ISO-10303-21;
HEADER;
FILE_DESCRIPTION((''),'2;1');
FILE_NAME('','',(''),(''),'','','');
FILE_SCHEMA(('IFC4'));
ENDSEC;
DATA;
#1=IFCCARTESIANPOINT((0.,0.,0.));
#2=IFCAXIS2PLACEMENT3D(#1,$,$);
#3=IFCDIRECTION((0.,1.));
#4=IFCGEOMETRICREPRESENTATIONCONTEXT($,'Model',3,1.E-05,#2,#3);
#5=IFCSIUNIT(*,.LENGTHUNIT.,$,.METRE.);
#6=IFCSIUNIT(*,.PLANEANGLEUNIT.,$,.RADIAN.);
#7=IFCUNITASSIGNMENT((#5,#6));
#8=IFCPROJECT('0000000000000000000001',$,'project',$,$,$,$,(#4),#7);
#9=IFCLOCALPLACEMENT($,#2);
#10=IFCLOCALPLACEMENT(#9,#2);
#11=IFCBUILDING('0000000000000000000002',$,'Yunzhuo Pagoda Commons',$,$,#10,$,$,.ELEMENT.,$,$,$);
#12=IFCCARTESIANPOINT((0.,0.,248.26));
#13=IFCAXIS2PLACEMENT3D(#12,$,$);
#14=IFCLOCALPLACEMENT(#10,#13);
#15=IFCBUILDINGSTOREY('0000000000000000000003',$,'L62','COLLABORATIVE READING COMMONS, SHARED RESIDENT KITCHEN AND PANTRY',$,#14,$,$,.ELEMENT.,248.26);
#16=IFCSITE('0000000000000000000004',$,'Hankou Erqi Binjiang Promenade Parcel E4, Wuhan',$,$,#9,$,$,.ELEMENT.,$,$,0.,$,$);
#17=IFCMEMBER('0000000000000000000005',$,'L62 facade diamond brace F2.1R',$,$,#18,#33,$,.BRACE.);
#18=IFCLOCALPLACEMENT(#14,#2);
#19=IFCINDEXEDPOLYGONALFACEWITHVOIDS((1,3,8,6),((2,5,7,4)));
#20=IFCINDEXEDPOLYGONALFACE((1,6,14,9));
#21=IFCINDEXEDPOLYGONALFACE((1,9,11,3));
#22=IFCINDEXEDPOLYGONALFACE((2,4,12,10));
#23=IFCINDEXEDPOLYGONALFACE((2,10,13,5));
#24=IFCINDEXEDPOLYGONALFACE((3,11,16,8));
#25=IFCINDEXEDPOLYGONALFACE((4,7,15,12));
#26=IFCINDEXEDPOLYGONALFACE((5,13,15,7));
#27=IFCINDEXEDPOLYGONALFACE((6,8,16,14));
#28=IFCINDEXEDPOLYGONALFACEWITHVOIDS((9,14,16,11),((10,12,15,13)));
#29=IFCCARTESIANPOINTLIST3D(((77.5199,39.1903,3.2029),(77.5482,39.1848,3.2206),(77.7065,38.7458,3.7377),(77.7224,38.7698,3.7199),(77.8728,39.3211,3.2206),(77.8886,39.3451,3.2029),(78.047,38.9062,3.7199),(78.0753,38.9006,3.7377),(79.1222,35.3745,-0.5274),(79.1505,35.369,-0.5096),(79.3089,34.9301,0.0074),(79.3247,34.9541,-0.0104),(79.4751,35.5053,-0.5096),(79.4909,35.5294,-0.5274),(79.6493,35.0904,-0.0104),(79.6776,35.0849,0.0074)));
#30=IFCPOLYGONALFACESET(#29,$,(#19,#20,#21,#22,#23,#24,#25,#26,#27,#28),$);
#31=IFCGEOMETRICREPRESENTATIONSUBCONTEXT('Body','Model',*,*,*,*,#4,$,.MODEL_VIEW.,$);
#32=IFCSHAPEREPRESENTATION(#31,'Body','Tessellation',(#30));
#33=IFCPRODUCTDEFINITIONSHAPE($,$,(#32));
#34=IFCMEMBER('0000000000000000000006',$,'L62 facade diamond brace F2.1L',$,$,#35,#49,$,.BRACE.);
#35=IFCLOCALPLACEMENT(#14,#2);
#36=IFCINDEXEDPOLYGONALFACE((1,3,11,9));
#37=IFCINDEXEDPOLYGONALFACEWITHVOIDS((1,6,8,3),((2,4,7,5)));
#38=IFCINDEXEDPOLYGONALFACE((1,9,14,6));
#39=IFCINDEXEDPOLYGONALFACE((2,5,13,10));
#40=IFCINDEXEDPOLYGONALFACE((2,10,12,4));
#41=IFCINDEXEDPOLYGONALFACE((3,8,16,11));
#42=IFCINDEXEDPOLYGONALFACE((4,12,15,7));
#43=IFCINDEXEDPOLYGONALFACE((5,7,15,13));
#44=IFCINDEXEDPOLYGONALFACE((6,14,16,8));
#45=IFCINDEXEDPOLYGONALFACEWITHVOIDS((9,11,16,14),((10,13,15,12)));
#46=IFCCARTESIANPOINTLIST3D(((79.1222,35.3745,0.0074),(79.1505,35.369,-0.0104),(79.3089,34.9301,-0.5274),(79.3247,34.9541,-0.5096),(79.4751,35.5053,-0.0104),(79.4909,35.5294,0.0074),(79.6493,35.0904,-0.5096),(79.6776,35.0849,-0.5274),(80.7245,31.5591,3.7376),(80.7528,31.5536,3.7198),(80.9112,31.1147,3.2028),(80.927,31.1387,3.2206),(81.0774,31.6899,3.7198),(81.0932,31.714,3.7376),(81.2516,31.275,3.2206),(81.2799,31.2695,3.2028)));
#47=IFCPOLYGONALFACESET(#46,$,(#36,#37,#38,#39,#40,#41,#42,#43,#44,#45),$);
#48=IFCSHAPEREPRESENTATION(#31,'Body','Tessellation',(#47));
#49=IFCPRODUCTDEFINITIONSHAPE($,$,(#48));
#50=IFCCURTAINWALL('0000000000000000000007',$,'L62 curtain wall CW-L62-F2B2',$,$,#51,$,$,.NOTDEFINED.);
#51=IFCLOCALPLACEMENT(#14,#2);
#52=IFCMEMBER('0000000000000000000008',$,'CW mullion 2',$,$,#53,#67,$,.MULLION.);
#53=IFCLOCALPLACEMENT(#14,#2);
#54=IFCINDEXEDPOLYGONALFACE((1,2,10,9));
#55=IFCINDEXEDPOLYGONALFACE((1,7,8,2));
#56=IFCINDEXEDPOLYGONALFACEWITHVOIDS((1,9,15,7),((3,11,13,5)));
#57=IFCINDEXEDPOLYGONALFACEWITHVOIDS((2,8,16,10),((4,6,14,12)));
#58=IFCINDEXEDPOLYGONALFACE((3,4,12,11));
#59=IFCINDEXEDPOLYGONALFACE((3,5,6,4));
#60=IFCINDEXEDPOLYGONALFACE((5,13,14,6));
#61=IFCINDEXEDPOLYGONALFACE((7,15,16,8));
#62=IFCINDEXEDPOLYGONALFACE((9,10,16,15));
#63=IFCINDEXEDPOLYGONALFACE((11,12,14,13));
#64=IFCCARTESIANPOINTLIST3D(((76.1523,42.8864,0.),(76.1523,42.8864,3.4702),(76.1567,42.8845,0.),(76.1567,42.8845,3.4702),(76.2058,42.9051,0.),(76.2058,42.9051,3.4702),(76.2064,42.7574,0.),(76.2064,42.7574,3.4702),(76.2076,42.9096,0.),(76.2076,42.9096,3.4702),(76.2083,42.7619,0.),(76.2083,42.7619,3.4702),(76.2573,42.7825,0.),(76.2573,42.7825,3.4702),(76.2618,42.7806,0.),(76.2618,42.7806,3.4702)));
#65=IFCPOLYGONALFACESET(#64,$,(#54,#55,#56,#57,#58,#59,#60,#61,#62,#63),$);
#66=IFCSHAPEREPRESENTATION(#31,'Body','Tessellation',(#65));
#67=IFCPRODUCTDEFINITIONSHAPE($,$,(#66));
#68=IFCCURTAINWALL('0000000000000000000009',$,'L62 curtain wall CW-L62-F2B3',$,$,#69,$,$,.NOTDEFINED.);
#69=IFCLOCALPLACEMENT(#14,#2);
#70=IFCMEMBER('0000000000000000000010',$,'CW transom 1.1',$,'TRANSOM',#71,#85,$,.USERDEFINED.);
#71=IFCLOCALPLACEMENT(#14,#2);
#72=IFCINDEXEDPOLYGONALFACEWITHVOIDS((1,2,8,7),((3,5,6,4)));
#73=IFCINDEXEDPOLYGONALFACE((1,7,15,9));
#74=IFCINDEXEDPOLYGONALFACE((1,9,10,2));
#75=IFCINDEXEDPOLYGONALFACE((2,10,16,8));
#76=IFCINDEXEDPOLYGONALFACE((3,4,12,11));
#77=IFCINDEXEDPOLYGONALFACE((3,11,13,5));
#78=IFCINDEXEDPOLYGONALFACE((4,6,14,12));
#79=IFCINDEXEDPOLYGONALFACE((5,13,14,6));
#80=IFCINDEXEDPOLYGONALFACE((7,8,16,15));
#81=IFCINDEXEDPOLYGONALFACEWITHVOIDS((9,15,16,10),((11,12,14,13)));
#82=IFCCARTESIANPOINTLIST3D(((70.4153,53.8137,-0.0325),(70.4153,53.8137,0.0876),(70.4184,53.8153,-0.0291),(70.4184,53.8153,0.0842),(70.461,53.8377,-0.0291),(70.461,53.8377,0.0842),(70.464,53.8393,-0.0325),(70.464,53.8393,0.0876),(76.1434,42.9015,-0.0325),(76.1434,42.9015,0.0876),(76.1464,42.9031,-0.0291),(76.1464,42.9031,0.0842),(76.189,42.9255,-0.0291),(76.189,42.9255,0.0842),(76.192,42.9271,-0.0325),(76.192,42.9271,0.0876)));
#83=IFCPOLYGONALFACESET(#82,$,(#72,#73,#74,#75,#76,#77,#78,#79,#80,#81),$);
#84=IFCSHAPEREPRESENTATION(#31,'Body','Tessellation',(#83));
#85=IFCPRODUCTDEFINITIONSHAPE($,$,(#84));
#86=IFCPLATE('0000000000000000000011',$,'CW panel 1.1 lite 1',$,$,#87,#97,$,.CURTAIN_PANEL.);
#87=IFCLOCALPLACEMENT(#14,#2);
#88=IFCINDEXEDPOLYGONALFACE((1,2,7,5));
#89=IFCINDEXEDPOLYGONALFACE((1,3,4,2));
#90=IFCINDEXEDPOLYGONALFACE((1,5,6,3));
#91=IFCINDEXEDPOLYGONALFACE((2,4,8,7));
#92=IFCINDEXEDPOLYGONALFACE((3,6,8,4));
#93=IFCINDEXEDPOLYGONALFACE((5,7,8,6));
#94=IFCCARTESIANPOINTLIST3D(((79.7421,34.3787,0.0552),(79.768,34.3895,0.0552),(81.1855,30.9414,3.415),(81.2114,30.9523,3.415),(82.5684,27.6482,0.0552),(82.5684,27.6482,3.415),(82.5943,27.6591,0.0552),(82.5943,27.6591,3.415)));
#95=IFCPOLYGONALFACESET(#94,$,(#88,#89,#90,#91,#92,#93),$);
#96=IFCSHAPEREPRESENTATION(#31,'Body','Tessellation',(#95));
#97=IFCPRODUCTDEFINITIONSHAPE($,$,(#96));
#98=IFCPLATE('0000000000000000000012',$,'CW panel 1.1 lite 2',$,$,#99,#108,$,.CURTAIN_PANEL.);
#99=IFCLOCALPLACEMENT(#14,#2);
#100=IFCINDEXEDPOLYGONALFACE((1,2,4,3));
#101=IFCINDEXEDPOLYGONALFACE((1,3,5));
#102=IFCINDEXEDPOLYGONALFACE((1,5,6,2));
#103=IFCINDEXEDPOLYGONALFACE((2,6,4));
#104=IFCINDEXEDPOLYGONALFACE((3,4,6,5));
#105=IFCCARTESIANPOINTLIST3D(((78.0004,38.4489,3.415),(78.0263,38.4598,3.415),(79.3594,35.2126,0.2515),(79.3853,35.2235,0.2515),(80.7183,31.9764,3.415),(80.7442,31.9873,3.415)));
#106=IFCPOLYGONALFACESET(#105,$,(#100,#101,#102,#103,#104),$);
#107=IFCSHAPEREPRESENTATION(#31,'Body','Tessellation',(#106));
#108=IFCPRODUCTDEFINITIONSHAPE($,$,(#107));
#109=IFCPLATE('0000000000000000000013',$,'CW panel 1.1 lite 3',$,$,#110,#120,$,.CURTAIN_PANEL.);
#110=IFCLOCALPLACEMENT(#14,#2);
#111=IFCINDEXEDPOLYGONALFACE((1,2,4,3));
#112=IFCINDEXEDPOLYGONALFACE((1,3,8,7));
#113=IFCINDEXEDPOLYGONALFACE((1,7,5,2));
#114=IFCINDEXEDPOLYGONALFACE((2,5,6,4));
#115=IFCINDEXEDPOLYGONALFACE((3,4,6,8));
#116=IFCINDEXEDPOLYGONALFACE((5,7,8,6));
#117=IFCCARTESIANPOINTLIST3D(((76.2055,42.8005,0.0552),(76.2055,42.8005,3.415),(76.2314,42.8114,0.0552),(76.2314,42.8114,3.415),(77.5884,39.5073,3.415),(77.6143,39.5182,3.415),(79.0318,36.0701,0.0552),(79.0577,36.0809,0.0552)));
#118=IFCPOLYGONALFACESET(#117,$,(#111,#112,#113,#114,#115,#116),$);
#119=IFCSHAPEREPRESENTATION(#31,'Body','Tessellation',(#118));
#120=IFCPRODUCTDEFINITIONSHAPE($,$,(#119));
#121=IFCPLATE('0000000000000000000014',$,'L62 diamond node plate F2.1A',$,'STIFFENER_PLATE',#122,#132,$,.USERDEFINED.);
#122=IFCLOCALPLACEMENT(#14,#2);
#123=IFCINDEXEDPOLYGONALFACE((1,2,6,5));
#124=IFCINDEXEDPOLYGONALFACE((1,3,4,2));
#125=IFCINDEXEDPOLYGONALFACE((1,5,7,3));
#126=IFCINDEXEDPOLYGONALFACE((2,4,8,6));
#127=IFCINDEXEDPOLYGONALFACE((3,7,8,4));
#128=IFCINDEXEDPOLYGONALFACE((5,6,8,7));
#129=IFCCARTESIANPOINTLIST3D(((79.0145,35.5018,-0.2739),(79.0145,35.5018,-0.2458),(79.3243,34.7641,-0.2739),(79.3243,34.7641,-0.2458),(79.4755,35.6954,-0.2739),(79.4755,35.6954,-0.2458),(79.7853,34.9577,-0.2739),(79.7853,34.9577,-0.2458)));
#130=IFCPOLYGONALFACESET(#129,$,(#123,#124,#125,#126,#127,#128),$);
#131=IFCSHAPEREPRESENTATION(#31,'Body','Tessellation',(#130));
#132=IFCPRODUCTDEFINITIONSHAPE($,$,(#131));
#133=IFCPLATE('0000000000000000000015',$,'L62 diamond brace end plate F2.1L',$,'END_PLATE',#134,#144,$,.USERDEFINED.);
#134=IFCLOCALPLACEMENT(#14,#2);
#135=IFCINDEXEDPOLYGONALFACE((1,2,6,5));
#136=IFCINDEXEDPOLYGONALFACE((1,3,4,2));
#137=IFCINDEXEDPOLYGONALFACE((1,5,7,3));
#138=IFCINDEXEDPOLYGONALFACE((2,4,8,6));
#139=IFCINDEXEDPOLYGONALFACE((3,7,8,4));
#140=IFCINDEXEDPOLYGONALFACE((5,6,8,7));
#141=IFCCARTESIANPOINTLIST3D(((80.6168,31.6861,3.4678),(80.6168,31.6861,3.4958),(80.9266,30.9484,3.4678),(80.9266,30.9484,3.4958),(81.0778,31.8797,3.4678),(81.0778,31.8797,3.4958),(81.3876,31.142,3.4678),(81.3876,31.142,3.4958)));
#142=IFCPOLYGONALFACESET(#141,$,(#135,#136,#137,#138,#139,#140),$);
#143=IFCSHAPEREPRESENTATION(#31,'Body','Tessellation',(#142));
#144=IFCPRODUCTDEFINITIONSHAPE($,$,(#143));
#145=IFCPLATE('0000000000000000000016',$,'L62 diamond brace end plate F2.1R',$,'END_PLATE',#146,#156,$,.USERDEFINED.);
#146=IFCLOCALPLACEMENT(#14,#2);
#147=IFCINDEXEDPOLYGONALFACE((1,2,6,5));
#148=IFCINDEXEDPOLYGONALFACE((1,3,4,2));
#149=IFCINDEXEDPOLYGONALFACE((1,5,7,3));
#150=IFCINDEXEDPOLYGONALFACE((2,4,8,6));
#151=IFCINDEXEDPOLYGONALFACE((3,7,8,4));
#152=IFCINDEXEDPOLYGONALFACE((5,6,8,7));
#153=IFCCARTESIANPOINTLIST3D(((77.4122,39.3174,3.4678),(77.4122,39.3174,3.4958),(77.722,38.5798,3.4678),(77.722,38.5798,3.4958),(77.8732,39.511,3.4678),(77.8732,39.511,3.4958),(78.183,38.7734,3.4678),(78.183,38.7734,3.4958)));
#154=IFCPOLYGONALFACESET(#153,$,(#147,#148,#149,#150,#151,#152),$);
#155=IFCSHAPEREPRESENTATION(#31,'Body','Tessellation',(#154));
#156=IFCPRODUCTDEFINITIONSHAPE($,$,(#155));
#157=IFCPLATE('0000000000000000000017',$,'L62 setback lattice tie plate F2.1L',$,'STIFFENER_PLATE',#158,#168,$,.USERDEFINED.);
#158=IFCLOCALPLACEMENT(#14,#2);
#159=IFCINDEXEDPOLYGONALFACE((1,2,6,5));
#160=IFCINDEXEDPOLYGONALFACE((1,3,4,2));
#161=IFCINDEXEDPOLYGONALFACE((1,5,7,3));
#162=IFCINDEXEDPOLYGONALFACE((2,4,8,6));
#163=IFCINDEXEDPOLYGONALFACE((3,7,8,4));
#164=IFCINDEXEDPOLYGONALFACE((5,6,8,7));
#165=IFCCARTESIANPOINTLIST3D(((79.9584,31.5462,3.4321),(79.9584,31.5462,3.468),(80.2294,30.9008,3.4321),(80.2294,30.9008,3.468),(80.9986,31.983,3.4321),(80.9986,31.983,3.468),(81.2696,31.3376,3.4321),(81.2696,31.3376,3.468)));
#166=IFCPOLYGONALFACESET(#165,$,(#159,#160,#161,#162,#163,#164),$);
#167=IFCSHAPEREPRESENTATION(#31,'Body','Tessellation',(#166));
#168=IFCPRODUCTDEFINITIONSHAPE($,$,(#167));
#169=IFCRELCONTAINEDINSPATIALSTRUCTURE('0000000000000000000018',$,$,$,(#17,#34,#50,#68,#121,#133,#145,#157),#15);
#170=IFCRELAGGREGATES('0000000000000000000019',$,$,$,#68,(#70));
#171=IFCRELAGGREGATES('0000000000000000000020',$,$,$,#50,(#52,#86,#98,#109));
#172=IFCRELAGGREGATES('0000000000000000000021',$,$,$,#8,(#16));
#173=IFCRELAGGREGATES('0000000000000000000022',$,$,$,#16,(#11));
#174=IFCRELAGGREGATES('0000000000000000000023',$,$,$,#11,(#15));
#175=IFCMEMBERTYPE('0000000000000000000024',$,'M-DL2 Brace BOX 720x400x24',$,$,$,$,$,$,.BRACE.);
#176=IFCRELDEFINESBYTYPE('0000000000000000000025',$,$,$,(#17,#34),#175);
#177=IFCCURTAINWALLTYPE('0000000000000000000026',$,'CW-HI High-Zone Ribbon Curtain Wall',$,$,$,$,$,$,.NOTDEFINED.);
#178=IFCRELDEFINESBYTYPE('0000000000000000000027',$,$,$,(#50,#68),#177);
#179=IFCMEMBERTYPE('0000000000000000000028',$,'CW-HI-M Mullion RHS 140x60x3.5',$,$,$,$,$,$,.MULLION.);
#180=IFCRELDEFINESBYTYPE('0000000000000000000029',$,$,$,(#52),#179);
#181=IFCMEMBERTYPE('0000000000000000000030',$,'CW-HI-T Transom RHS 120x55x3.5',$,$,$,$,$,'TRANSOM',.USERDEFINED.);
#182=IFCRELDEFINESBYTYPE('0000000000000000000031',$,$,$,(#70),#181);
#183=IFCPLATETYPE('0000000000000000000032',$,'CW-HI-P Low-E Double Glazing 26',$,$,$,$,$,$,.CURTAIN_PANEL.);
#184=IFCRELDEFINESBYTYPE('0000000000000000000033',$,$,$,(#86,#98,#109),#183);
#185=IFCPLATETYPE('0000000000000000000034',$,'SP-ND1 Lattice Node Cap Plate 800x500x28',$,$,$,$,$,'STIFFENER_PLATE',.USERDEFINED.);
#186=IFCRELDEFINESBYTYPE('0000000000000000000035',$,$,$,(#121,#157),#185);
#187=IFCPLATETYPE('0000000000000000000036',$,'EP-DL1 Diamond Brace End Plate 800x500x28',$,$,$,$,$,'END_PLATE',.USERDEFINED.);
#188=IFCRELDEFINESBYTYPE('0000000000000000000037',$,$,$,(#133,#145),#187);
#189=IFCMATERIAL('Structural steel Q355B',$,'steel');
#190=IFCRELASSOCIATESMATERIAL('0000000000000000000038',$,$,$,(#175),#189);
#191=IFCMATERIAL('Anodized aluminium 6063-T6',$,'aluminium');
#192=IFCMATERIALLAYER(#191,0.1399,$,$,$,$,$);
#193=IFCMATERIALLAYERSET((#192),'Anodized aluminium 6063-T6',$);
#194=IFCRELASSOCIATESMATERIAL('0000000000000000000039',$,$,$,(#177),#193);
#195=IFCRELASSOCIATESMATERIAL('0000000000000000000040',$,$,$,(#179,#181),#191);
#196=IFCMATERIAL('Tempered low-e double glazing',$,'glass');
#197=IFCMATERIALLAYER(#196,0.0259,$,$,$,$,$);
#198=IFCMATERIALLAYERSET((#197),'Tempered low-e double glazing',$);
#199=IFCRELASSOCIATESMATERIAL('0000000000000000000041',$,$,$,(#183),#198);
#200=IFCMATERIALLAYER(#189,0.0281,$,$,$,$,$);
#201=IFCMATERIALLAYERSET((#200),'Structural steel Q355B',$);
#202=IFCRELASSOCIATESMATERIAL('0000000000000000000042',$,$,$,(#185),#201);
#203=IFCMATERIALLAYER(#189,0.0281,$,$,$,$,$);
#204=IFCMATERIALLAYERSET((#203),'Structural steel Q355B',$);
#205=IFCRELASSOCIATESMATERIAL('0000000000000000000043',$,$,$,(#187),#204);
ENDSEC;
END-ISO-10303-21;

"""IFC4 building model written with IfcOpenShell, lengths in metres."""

from ifc_helpers import new_model, si_unit, direction, frame, origin, origin_2d, place, context, subcontext, project, spatial, polyline, rectangle, hollow_rectangle, outline, extrude, source, transform, mapped, material, layer, layer_set, material_profile, profile_set, type_object, element, aggregate, save


model = new_model("IFC4")

# Units and contexts
model_context = context("Model", 3, precision=1e-05, world=origin(), true_north=direction((0.0, 1.0)))
body_context = subcontext(model_context, "Body", "Model", "MODEL_VIEW")
ifc_project = project(units=[si_unit("LENGTHUNIT", "METRE"), si_unit("PLANEANGLEUNIT", "RADIAN")], contexts=[model_context])

# Site, building, storey
site_placement = place(None, origin())
site = spatial("IfcSite", under=ifc_project, at=site_placement, Name="Hankou Erqi Binjiang Promenade Parcel E4, Wuhan", CompositionType="ELEMENT", RefElevation=0.0)
building_placement = place(site_placement, origin())
building = spatial("IfcBuilding", under=site, at=building_placement, Name="Yunzhuo Pagoda Commons", CompositionType="ELEMENT")
storey_placement = place(building_placement, frame((0.0, 0.0, 248.26)))
storey = spatial("IfcBuildingStorey", under=building, at=storey_placement, Name="L62", Description="COLLABORATIVE READING COMMONS, SHARED RESIDENT KITCHEN AND PANTRY", CompositionType="ELEMENT", Elevation=248.26)

# Shared definitions
ifc_material_1 = material(Name="Structural steel Q355B", Category="steel")

# Members
ifc_material_profile_1 = material_profile(ifc_material_1, hollow_rectangle(XDim=0.3999, YDim=0.72, WallThickness=0.0239, at=origin_2d()), Name="Structural steel Q355B")
ifc_profile_set_1 = profile_set([ifc_material_profile_1], Name="Structural steel Q355B")
member_type_1 = type_object("IfcMemberType", Name="M-DL2 Brace BOX 720x400x24", PredefinedType="BRACE", material=ifc_profile_set_1)
shared_shape_1 = source(origin(), body_context, "Body", "SweptSolid", [
    extrude(hollow_rectangle(XDim=0.3999, YDim=0.72, WallThickness=0.0239, at=origin_2d()), origin(), (0.0, 0.0, 1.0), 5.5715),
])
member_1_placement = place(storey_placement, frame((79.3999, 35.2297, -0.26), z_axis=(-0.287589, 0.684859, 0.669522), x_axis=(-0.922007, -0.387173, 0.0)))
element("IfcMember", 1, at=member_1_placement, inside=storey, type_object=member_type_1, Name="L62 facade diamond brace F2.1R", PredefinedType="BRACE", context=body_context, shape_type="MappedRepresentation", body=[
    mapped(shared_shape_1, transform((0.0, 0.0, 0.0), scale=1.0)),
])
shared_shape_2 = source(origin(), body_context, "Body", "SweptSolid", [
    extrude(hollow_rectangle(XDim=0.3999, YDim=0.72, WallThickness=0.0239, at=origin_2d()), origin(), (0.0, 0.0, 1.0), 5.5713),
])
member_2_placement = place(storey_placement, frame((79.3999, 35.2297, -0.26), z_axis=(0.287598, -0.684836, 0.669542), x_axis=(0.921998, 0.387194, 0.0)))
element("IfcMember", 2, at=member_2_placement, inside=storey, type_object=member_type_1, Name="L62 facade diamond brace F2.1L", PredefinedType="BRACE", context=body_context, shape_type="MappedRepresentation", body=[
    mapped(shared_shape_2, transform((0.0, 0.0, 0.0), scale=1.0)),
])

# Curtain walls, members
ifc_material_2 = material(Name="Anodized aluminium 6063-T6", Category="aluminium")
ifc_layer_1 = layer(ifc_material_2, 0.1399)
ifc_layer_set_1 = layer_set([ifc_layer_1], Name="Anodized aluminium 6063-T6")
curtain_wall_type = type_object("IfcCurtainWallType", Name="CW-HI High-Zone Ribbon Curtain Wall", PredefinedType="NOTDEFINED", material=ifc_layer_set_1)
curtain_wall_1_placement = place(storey_placement, origin())
curtain_wall_1 = element("IfcCurtainWall", 3, at=curtain_wall_1_placement, inside=storey, type_object=curtain_wall_type, Name="L62 curtain wall CW-L62-F2B2", PredefinedType="NOTDEFINED")
ifc_material_profile_2 = material_profile(ifc_material_2, hollow_rectangle(XDim=0.0601, YDim=0.1399, WallThickness=0.0034, at=origin_2d()), Name="Anodized aluminium 6063-T6")
ifc_profile_set_2 = profile_set([ifc_material_profile_2], Name="Anodized aluminium 6063-T6")
member_type_2 = type_object("IfcMemberType", Name="CW-HI-M Mullion RHS 140x60x3.5", PredefinedType="MULLION", material=ifc_profile_set_2)
shared_shape_3 = source(origin(), body_context, "Body", "SweptSolid", [
    extrude(hollow_rectangle(XDim=0.0601, YDim=0.1399, WallThickness=0.0034, at=origin_2d()), origin(), (0.0, 0.0, 1.0), 3.4702),
])
member_3_placement = place(storey_placement, frame((76.207, 42.8335, 0.0), z_axis=(0.0, 0.0, 1.0), x_axis=(-0.922008, -0.38717, 0.0)))
member_3 = element("IfcMember", 4, at=member_3_placement, type_object=member_type_2, Name="CW mullion 2", PredefinedType="MULLION", context=body_context, shape_type="MappedRepresentation", body=[
    mapped(shared_shape_3, transform((0.0, 0.0, 0.0), scale=1.0)),
])
curtain_wall_2_placement = place(storey_placement, origin())
curtain_wall_2 = element("IfcCurtainWall", 5, at=curtain_wall_2_placement, inside=storey, type_object=curtain_wall_type, Name="L62 curtain wall CW-L62-F2B3", PredefinedType="NOTDEFINED")
ifc_material_profile_3 = material_profile(ifc_material_2, hollow_rectangle(XDim=0.0549, YDim=0.1201, WallThickness=0.0034, at=origin_2d()), Name="Anodized aluminium 6063-T6")
ifc_profile_set_3 = profile_set([ifc_material_profile_3], Name="Anodized aluminium 6063-T6")
member_type_3 = type_object("IfcMemberType", Name="CW-HI-T Transom RHS 120x55x3.5", ElementType="TRANSOM", PredefinedType="USERDEFINED", material=ifc_profile_set_3)
shared_shape_4 = source(origin(), body_context, "Body", "SweptSolid", [
    extrude(hollow_rectangle(XDim=0.0549, YDim=0.1201, WallThickness=0.0034, at=origin_2d()), origin(), (0.0, 0.0, 1.0), 12.3242),
])
member_4_placement = place(storey_placement, frame((76.1677, 42.9143, 0.0276), z_axis=(-0.464781, 0.885426, 0.0), x_axis=(-0.885426, -0.464781, 0.0)))
member_4 = element("IfcMember", 6, at=member_4_placement, type_object=member_type_3, Name="CW transom 1.1", ObjectType="TRANSOM", PredefinedType="USERDEFINED", context=body_context, shape_type="MappedRepresentation", body=[
    mapped(shared_shape_4, transform((0.0, 0.0, 0.0), scale=1.0)),
])
aggregate(curtain_wall_2, [member_4])

# Plates
ifc_material_3 = material(Name="Tempered low-e double glazing", Category="glass")
ifc_layer_2 = layer(ifc_material_3, 0.0259)
ifc_layer_set_2 = layer_set([ifc_layer_2], Name="Tempered low-e double glazing")
plate_type_1 = type_object("IfcPlateType", Name="CW-HI-P Low-E Double Glazing 26", PredefinedType="CURTAIN_PANEL", material=ifc_layer_set_2)
plate_1_placement = place(storey_placement, frame((81.1553, 31.0134, 1.7351), z_axis=(0.922008, 0.38717, 0.0), x_axis=(-0.38717, 0.922008, 0.0)))
plate_1 = element("IfcPlate", 7, at=plate_1_placement, type_object=plate_type_1, Name="CW panel 1.1 lite 1", PredefinedType="CURTAIN_PANEL", context=body_context, shape_type="SweptSolid", body=[
    extrude(outline(polyline([(-3.6499, -1.6799), (3.6499, -1.6799), (-0.0781, 1.6799), (-3.6499, 1.6799), (-3.6499, -1.6799)])), origin(), (0.0, 0.0, 1.0), 0.0281),
])
plate_2_placement = place(storey_placement, frame((79.3594, 35.2126, 1.8333), z_axis=(0.922008, 0.38717, 0.0), x_axis=(-0.38717, 0.922008, 0.0)))
plate_2 = element("IfcPlate", 8, at=plate_2_placement, type_object=plate_type_1, Name="CW panel 1.1 lite 2", PredefinedType="CURTAIN_PANEL", context=body_context, shape_type="SweptSolid", body=[
    extrude(outline(polyline([(-3.51, 1.5818), (0.0, -1.5818), (3.51, 1.5818), (-3.51, 1.5818)])), origin(), (0.0, 0.0, 1.0), 0.0281),
])
plate_3_placement = place(storey_placement, frame((77.6187, 39.4353, 1.7351), z_axis=(0.922008, 0.38717, 0.0), x_axis=(-0.38717, 0.922008, 0.0)))
plate_3 = element("IfcPlate", 9, at=plate_3_placement, type_object=plate_type_1, Name="CW panel 1.1 lite 3", PredefinedType="CURTAIN_PANEL", context=body_context, shape_type="SweptSolid", body=[
    extrude(outline(polyline([(-3.6499, -1.6799), (3.6499, -1.6799), (3.6499, 1.6799), (0.0781, 1.6799), (-3.6499, -1.6799)])), origin(), (0.0, 0.0, 1.0), 0.0281),
])
aggregate(curtain_wall_1, [member_3, plate_1, plate_2, plate_3])

# Plates
ifc_layer_3 = layer(ifc_material_1, 0.0281)
ifc_layer_set_3 = layer_set([ifc_layer_3], Name="Structural steel Q355B")
plate_type_2 = type_object("IfcPlateType", Name="SP-ND1 Lattice Node Cap Plate 800x500x28", ElementType="STIFFENER_PLATE", PredefinedType="USERDEFINED", material=ifc_layer_set_3)
shared_shape_5 = source(origin(), body_context, "Body", "SweptSolid", [
    extrude(rectangle(XDim=0.8, YDim=0.5, at=origin_2d()), origin(), (0.0, 0.0, 1.0), 0.0281),
])
plate_4_placement = place(storey_placement, frame((79.3999, 35.2297, -0.2739), z_axis=(0.0, 0.0, 1.0), x_axis=(-0.387178, 0.922005, 0.0)))
element("IfcPlate", 10, at=plate_4_placement, inside=storey, type_object=plate_type_2, Name="L62 diamond node plate F2.1A", ObjectType="STIFFENER_PLATE", PredefinedType="USERDEFINED", context=body_context, shape_type="MappedRepresentation", body=[
    mapped(shared_shape_5, transform((0.0, 0.0, 0.0), scale=1.0)),
])
ifc_layer_4 = layer(ifc_material_1, 0.0281)
ifc_layer_set_4 = layer_set([ifc_layer_4], Name="Structural steel Q355B")
plate_type_3 = type_object("IfcPlateType", Name="EP-DL1 Diamond Brace End Plate 800x500x28", ElementType="END_PLATE", PredefinedType="USERDEFINED", material=ifc_layer_set_4)
for number, where, z_axis, x_axis, name in (
    (11, (81.0022, 31.4141, 3.4678), (0.0, 0.0, 1.0), (-0.387178, 0.922005, 0.0), "L62 diamond brace end plate F2.1L"),
    (12, (77.7976, 39.0454, 3.4678), (0.0, 0.0, 1.0), (-0.387178, 0.922005, 0.0), "L62 diamond brace end plate F2.1R"),
):
    element("IfcPlate", number, at=place(storey_placement, frame(where, z_axis=z_axis, x_axis=x_axis)), inside=storey, type_object=plate_type_3, Name=name, ObjectType="END_PLATE", PredefinedType="USERDEFINED", context=body_context, shape_type="MappedRepresentation", body=[
        mapped(shared_shape_5, transform((0.0, 0.0, 0.0), scale=1.0)),
    ])
shared_shape_6 = source(origin(), body_context, "Body", "SweptSolid", [
    extrude(rectangle(XDim=0.7, YDim=1.1282, at=origin_2d()), origin(), (0.0, 0.0, 1.0), 0.0359),
])
plate_5_placement = place(storey_placement, frame((80.614, 31.4419, 3.4321), z_axis=(0.0, 0.0, 1.0), x_axis=(-0.387178, 0.922005, 0.0)))
element("IfcPlate", 13, at=plate_5_placement, inside=storey, type_object=plate_type_2, Name="L62 setback lattice tie plate F2.1L", ObjectType="STIFFENER_PLATE", PredefinedType="USERDEFINED", context=body_context, shape_type="MappedRepresentation", body=[
    mapped(shared_shape_6, transform((0.0, 0.0, 0.0), scale=1.0)),
])

save(model, "model.ifc")
